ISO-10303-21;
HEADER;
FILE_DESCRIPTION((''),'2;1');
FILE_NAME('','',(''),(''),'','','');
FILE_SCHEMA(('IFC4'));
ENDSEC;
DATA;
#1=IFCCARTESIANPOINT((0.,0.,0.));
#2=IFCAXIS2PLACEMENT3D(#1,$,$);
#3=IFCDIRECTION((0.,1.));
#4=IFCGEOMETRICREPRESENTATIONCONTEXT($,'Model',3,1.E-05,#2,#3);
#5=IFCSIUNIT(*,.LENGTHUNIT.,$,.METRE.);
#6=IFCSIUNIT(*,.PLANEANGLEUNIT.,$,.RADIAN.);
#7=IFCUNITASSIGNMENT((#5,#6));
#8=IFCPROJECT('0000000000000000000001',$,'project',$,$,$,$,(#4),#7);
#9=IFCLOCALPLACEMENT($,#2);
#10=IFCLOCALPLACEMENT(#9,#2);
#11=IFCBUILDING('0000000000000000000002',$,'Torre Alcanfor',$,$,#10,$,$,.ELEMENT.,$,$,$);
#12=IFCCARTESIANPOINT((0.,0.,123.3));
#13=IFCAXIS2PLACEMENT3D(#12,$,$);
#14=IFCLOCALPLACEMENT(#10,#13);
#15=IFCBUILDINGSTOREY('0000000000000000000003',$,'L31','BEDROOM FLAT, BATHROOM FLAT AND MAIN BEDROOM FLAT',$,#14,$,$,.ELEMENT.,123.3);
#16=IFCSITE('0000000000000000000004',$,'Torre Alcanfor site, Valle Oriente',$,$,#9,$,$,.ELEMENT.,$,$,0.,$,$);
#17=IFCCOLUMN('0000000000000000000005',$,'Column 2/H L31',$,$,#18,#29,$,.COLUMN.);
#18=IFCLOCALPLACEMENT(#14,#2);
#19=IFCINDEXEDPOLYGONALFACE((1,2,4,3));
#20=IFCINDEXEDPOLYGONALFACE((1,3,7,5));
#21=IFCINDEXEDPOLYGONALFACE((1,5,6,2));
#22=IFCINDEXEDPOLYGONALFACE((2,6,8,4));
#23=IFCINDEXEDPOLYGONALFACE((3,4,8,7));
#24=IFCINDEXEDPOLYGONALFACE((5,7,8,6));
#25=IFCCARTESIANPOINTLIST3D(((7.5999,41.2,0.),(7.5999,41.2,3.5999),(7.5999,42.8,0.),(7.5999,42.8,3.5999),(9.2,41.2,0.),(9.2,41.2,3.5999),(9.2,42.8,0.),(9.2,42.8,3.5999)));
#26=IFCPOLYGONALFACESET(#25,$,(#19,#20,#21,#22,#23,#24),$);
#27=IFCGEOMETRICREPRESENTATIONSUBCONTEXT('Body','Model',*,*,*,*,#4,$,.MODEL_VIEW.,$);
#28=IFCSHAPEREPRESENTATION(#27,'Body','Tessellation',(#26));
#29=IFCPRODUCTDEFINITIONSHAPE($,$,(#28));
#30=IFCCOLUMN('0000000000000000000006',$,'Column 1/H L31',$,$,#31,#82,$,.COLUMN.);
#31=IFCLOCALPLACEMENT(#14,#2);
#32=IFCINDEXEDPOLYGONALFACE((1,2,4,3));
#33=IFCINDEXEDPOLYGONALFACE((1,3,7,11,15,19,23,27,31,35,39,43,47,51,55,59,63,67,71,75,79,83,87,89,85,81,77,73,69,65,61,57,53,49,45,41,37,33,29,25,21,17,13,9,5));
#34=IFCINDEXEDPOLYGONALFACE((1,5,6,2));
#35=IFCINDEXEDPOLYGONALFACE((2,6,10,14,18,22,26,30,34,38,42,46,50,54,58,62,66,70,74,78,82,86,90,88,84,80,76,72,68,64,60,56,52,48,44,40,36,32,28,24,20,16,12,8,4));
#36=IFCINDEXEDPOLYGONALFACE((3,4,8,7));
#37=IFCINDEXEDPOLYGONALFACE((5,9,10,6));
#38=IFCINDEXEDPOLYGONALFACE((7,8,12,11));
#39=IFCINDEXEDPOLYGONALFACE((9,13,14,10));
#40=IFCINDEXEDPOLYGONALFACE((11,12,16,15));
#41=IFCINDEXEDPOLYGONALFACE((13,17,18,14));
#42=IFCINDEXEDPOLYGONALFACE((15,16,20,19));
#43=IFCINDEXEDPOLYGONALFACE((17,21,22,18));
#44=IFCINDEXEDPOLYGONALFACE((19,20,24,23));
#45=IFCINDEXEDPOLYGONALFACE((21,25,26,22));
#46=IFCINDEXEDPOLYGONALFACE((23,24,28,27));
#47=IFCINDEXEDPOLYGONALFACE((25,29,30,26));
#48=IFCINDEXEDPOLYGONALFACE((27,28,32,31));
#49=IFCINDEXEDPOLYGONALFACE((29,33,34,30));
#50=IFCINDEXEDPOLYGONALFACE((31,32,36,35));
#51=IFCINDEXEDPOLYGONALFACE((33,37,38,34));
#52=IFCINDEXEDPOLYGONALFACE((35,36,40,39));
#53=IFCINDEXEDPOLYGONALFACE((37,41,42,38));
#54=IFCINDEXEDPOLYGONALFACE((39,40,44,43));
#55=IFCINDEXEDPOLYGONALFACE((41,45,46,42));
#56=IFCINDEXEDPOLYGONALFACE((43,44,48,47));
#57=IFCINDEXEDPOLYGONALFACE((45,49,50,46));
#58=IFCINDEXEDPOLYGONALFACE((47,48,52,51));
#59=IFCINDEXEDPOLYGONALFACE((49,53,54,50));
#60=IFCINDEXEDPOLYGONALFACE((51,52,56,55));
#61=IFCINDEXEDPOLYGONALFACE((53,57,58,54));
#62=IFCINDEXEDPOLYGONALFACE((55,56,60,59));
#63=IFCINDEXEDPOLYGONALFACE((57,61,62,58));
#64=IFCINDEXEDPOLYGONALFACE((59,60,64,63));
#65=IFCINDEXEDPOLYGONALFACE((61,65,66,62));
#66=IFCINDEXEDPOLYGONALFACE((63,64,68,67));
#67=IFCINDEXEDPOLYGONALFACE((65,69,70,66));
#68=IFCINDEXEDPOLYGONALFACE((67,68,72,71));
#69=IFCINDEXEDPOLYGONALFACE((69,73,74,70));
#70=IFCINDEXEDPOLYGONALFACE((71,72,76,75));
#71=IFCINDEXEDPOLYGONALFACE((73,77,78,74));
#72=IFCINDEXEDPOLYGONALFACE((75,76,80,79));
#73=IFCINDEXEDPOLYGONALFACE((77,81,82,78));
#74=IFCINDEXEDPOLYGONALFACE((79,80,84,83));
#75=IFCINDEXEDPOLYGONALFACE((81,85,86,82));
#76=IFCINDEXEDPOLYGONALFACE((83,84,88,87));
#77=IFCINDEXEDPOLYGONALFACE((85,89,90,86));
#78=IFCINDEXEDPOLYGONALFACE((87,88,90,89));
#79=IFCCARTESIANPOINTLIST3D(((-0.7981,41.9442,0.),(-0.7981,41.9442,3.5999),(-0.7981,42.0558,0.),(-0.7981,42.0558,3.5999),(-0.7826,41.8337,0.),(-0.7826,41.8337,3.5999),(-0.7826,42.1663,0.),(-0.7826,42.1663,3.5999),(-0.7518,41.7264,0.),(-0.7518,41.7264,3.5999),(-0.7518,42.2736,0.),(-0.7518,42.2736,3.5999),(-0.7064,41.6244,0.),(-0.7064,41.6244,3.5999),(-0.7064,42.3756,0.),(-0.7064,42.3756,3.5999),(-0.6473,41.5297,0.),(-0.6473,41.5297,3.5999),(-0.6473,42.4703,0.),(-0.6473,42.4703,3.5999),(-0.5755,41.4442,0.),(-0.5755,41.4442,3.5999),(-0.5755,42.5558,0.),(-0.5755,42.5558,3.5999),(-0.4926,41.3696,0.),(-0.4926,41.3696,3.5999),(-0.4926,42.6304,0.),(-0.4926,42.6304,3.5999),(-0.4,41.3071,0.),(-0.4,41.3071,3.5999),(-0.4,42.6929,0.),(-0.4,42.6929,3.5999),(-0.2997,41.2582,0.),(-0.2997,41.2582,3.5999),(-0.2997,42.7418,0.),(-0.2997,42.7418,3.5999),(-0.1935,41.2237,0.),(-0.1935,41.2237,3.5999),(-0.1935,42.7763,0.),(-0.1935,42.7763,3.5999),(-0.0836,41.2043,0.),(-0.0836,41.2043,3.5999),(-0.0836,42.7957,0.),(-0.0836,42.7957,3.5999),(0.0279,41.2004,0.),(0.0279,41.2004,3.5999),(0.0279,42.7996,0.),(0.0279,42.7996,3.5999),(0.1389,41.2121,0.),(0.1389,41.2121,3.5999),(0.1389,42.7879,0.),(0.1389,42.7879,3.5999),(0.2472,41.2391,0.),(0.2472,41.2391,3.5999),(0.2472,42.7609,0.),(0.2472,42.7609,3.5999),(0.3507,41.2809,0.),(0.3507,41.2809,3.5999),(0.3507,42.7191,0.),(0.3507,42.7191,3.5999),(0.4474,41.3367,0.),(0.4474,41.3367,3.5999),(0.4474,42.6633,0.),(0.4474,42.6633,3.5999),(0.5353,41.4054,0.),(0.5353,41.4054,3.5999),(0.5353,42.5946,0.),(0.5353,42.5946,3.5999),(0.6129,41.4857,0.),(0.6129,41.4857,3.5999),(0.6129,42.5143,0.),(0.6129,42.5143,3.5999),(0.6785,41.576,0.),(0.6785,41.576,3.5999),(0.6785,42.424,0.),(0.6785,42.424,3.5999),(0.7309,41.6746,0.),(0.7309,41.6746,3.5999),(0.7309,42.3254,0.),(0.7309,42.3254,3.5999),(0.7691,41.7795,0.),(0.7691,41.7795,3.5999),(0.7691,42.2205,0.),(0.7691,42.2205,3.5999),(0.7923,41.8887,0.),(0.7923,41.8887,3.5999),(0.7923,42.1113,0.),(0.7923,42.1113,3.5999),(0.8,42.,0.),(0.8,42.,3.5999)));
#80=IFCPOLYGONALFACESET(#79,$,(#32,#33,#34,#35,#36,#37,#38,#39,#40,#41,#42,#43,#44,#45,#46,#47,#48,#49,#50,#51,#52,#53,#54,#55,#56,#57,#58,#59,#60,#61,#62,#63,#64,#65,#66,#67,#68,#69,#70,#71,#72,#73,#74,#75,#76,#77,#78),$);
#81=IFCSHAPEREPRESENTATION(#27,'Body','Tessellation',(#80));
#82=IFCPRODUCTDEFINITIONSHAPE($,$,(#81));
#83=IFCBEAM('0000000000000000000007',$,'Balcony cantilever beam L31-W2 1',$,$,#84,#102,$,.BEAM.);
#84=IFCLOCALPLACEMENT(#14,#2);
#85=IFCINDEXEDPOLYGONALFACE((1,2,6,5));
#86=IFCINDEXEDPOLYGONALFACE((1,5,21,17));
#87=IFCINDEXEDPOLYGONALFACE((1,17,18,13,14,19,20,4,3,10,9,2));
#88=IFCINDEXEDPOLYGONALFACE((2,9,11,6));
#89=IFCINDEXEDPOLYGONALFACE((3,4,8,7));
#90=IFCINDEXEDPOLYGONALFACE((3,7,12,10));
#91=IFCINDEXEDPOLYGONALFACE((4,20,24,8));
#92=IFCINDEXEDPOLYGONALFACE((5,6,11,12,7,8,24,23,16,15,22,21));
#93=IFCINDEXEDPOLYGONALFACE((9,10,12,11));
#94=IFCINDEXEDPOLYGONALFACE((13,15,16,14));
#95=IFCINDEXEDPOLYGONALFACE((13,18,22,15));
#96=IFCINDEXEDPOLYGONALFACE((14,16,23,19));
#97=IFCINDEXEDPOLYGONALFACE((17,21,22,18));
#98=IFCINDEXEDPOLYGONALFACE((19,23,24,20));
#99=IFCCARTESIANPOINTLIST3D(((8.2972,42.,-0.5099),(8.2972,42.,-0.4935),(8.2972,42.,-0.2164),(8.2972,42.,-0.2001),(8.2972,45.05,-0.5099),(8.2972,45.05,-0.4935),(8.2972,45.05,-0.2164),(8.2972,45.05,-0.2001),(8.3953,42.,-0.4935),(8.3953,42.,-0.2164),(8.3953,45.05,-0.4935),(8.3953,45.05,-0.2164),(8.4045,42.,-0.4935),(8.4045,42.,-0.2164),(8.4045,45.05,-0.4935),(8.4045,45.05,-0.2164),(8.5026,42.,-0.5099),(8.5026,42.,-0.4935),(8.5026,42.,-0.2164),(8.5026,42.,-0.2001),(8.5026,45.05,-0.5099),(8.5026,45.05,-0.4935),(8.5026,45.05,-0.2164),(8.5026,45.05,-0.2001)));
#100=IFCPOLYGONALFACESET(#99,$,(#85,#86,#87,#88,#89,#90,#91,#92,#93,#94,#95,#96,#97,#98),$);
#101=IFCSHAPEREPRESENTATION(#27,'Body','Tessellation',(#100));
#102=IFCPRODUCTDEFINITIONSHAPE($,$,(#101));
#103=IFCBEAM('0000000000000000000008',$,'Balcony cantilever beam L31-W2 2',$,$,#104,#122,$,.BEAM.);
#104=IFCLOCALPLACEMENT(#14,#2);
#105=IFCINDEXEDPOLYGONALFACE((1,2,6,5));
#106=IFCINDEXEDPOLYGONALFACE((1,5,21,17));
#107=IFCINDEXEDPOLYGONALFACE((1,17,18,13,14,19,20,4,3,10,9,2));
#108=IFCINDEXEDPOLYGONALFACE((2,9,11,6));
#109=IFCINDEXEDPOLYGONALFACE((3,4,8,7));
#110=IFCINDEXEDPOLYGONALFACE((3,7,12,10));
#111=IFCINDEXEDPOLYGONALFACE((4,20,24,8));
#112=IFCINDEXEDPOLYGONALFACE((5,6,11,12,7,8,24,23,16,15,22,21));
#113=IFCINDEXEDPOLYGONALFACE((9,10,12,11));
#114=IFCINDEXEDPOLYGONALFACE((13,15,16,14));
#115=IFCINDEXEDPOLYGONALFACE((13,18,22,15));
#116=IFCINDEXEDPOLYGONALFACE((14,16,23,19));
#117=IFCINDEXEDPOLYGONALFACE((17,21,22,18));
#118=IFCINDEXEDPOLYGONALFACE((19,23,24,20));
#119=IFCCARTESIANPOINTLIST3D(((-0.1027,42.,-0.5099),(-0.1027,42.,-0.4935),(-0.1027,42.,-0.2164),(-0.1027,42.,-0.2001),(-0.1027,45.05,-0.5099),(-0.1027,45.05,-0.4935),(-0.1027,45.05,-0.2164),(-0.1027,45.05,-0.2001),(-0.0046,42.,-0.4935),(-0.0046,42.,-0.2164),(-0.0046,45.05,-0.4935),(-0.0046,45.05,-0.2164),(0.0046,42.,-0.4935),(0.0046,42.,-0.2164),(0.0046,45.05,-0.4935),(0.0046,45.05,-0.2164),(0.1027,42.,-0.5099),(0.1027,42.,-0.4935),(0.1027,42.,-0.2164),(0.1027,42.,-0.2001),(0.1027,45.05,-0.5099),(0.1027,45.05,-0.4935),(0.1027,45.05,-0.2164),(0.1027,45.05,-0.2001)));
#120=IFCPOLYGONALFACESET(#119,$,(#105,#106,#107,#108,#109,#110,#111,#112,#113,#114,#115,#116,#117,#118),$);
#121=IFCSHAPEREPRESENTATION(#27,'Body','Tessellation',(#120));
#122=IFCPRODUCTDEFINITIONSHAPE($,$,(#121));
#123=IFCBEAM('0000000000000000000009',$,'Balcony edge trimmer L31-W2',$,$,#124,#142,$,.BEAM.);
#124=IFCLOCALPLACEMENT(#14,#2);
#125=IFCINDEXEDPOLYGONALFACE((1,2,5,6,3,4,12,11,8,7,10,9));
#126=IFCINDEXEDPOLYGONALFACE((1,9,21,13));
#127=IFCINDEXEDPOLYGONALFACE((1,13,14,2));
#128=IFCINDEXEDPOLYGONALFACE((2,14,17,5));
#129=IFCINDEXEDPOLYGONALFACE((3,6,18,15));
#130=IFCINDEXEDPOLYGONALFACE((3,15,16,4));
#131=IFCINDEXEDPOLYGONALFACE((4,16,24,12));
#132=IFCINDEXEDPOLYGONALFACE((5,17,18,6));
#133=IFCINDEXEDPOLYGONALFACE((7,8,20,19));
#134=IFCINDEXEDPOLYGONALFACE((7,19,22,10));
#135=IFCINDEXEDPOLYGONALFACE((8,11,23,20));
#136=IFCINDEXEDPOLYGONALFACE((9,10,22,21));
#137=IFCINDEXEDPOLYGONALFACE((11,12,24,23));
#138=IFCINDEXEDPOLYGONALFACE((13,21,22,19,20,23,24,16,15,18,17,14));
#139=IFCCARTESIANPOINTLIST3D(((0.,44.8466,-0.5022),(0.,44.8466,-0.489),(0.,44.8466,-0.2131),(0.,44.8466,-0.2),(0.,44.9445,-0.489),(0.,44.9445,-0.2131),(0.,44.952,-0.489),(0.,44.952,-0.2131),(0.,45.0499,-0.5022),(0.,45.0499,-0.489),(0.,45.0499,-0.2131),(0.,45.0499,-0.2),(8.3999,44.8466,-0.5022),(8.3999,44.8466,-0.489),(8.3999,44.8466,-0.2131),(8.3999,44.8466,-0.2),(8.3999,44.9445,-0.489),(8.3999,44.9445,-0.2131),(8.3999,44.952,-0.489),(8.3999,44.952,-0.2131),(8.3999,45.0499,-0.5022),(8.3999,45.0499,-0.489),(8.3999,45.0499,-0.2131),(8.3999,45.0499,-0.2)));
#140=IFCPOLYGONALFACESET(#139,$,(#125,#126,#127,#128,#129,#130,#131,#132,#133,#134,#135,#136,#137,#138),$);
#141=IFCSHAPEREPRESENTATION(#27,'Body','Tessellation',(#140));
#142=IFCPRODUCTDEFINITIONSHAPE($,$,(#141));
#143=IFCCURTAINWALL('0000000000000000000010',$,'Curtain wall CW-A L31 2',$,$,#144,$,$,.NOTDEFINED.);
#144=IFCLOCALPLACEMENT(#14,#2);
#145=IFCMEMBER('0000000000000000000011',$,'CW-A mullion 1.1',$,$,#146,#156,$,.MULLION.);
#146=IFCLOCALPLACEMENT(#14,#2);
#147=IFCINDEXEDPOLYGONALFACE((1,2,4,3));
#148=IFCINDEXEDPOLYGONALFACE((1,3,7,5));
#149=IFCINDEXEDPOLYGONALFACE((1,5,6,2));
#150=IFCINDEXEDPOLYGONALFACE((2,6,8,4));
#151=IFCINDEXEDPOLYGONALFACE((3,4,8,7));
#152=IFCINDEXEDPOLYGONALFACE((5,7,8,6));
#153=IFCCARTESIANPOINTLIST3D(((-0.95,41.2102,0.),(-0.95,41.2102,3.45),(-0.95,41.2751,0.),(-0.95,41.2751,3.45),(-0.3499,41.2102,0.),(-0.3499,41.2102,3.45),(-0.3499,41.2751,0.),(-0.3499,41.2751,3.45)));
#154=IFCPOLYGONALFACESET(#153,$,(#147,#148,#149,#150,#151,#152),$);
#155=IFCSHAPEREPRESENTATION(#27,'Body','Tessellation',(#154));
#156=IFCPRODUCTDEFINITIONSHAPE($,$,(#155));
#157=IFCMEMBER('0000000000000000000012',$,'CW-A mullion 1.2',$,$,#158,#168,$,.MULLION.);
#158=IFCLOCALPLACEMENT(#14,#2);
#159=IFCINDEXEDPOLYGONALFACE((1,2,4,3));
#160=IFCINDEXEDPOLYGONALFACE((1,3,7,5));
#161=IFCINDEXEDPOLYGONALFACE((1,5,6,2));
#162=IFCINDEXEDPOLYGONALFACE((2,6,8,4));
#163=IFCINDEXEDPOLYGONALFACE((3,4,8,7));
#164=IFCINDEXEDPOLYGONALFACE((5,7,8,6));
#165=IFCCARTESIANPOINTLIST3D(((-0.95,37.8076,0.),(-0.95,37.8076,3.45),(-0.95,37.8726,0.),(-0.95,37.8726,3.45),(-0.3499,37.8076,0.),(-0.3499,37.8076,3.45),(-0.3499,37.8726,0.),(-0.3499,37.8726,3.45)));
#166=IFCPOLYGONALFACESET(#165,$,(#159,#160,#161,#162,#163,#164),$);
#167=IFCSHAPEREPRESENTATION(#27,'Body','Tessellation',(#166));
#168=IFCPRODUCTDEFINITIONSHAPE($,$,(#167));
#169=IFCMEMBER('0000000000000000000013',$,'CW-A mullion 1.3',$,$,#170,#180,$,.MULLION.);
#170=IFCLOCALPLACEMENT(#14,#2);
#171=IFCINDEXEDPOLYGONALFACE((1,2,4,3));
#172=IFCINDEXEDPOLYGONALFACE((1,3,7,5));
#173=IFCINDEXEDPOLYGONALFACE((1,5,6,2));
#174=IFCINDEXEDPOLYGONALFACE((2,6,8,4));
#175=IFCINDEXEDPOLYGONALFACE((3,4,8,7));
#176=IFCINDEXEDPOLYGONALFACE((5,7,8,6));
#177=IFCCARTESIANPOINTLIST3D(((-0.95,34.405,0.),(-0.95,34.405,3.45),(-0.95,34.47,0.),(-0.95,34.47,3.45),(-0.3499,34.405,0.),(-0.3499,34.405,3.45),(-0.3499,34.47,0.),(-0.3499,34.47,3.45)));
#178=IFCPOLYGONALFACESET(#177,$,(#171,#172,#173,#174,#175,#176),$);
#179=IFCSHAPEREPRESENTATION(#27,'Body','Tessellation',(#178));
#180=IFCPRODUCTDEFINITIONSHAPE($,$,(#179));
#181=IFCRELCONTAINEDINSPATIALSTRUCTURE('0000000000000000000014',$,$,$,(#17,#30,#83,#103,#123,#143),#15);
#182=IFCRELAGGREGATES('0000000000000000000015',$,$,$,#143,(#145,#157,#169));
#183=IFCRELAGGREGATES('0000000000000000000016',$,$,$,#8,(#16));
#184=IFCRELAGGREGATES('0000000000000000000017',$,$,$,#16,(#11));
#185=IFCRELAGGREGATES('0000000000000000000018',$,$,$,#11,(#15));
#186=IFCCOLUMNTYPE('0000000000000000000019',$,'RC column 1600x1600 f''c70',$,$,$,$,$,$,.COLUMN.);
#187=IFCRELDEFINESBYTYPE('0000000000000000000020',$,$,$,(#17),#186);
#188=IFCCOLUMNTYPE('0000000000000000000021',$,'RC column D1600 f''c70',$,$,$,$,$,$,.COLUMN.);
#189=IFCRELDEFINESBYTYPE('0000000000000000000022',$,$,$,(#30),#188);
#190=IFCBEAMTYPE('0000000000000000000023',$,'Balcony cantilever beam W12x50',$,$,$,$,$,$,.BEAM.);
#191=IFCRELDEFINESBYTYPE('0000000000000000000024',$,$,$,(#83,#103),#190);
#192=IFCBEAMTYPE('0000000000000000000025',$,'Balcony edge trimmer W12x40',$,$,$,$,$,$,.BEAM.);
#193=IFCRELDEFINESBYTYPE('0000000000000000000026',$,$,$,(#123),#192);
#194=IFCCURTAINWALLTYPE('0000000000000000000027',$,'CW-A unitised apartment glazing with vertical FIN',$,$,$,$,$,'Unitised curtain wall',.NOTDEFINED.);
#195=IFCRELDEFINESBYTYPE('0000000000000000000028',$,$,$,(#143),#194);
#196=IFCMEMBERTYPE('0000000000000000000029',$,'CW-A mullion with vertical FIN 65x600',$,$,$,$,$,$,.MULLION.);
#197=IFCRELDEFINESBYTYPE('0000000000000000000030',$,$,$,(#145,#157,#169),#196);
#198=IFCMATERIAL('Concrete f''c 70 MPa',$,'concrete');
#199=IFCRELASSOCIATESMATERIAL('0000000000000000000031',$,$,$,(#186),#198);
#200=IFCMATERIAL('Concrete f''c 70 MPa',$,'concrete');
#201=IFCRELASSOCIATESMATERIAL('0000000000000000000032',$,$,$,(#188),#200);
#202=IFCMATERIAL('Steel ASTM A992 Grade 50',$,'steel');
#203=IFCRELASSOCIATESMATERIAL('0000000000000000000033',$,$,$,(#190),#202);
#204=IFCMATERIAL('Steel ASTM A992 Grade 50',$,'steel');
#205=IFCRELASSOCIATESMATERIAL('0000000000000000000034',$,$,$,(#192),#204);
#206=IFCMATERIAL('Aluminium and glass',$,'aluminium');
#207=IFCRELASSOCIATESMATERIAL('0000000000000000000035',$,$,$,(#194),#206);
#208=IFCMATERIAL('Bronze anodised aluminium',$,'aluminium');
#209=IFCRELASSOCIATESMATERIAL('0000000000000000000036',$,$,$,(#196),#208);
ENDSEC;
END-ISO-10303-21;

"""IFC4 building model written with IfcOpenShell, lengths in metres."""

from ifc_helpers import new_model, si_unit, direction, frame, origin, origin_2d, place, context, subcontext, project, spatial, rectangle, circle, i_section, extrude, material, material_profile, profile_set, type_object, element, aggregate, save


model = new_model("IFC4")

# Units and contexts
model_context = context("Model", 3, precision=1e-05, world=origin(), true_north=direction((0.0, 1.0)))
body_context = subcontext(model_context, "Body", "Model", "MODEL_VIEW")
ifc_project = project(units=[si_unit("LENGTHUNIT", "METRE"), si_unit("PLANEANGLEUNIT", "RADIAN")], contexts=[model_context])

# Site, building, storey
site_placement = place(None, origin())
site = spatial("IfcSite", under=ifc_project, at=site_placement, Name="Torre Alcanfor site, Valle Oriente", CompositionType="ELEMENT", RefElevation=0.0)
building_placement = place(site_placement, origin())
building = spatial("IfcBuilding", under=site, at=building_placement, Name="Torre Alcanfor", CompositionType="ELEMENT")
storey_placement = place(building_placement, frame((0.0, 0.0, 123.3)))
storey = spatial("IfcBuildingStorey", under=building, at=storey_placement, Name="L31", Description="BEDROOM FLAT, BATHROOM FLAT AND MAIN BEDROOM FLAT", CompositionType="ELEMENT", Elevation=123.3)

# Columns
ifc_material_1 = material(Name="Concrete f'c 70 MPa", Category="concrete")
ifc_material_profile_1 = material_profile(ifc_material_1, rectangle(XDim=1.6001, YDim=1.6001, at=origin_2d()), Name="1600x1600")
ifc_profile_set_1 = profile_set([ifc_material_profile_1], Name="Concrete f'c 70 MPa")
column_type_1 = type_object("IfcColumnType", Name="RC column 1600x1600 f'c70", PredefinedType="COLUMN", material=ifc_profile_set_1)
column_1_placement = place(storey_placement, frame((8.3999, 42.0, 0.0), z_axis=(0.0, 0.0, 1.0), x_axis=(1.0, 0.0, 0.0)))
element("IfcColumn", 1, at=column_1_placement, inside=storey, type_object=column_type_1, Name="Column 2/H L31", PredefinedType="COLUMN", context=body_context, shape_type="SweptSolid", body=[
    extrude(rectangle(XDim=1.6001, YDim=1.6001, at=origin_2d()), origin(), (0.0, 0.0, 1.0), 3.5999),
])
ifc_material_2 = material(Name="Concrete f'c 70 MPa", Category="concrete")
ifc_material_profile_2 = material_profile(ifc_material_2, circle(Radius=0.8, at=origin_2d()), Name="D1600")
ifc_profile_set_2 = profile_set([ifc_material_profile_2], Name="Concrete f'c 70 MPa")
column_type_2 = type_object("IfcColumnType", Name="RC column D1600 f'c70", PredefinedType="COLUMN", material=ifc_profile_set_2)
column_2_placement = place(storey_placement, frame((0.0, 42.0, 0.0), z_axis=(0.0, 0.0, 1.0), x_axis=(1.0, 0.0, 0.0)))
element("IfcColumn", 2, at=column_2_placement, inside=storey, type_object=column_type_2, Name="Column 1/H L31", PredefinedType="COLUMN", context=body_context, shape_type="SweptSolid", body=[
    extrude(circle(Radius=0.8, at=origin_2d()), origin(), (0.0, 0.0, 1.0), 3.5999),
])

# Beams
ifc_material_3 = material(Name="Steel ASTM A992 Grade 50", Category="steel")
ifc_material_profile_3 = material_profile(ifc_material_3, i_section(OverallWidth=0.2053, OverallDepth=0.3098, WebThickness=0.0093, FlangeThickness=0.0164, at=origin_2d()), Name="W12x50")
ifc_profile_set_3 = profile_set([ifc_material_profile_3], Name="Steel ASTM A992 Grade 50")
beam_type_1 = type_object("IfcBeamType", Name="Balcony cantilever beam W12x50", PredefinedType="BEAM", material=ifc_profile_set_3)
for number, where, z_axis, x_axis, name in (
    (3, (8.3999, 42.0, -0.355), (0.0, 1.0, 0.0), (-1.0, 0.0, 0.0), "Balcony cantilever beam L31-W2 1"),
    (4, (0.0, 42.0, -0.355), (0.0, 1.0, 0.0), (-1.0, 0.0, 0.0), "Balcony cantilever beam L31-W2 2"),
):
    element("IfcBeam", number, at=place(storey_placement, frame(where, z_axis=z_axis, x_axis=x_axis)), inside=storey, type_object=beam_type_1, Name=name, PredefinedType="BEAM", context=body_context, shape_type="SweptSolid", body=[
        extrude(i_section(OverallWidth=0.2053, OverallDepth=0.3098, WebThickness=0.0093, FlangeThickness=0.0164, at=origin_2d()), origin(), (0.0, 0.0, 1.0), 3.05),
    ])
ifc_material_4 = material(Name="Steel ASTM A992 Grade 50", Category="steel")
ifc_material_profile_4 = material_profile(ifc_material_4, i_section(OverallWidth=0.2034, OverallDepth=0.3022, WebThickness=0.0076, FlangeThickness=0.0132, at=origin_2d()), Name="W12x40")
ifc_profile_set_4 = profile_set([ifc_material_profile_4], Name="Steel ASTM A992 Grade 50")
beam_type_2 = type_object("IfcBeamType", Name="Balcony edge trimmer W12x40", PredefinedType="BEAM", material=ifc_profile_set_4)
beam_1_placement = place(storey_placement, frame((8.3999, 44.9482, -0.3511), z_axis=(-1.0, 0.0, 0.0), x_axis=(0.0, -1.0, 0.0)))
element("IfcBeam", 5, at=beam_1_placement, inside=storey, type_object=beam_type_2, Name="Balcony edge trimmer L31-W2", PredefinedType="BEAM", context=body_context, shape_type="SweptSolid", body=[
    extrude(i_section(OverallWidth=0.2034, OverallDepth=0.3022, WebThickness=0.0076, FlangeThickness=0.0132, at=origin_2d()), origin(), (0.0, 0.0, 1.0), 8.3999),
])

# Curtain wall, members
ifc_material_5 = material(Name="Aluminium and glass", Category="aluminium")
curtain_wall_type = type_object("IfcCurtainWallType", Name="CW-A unitised apartment glazing with vertical FIN", ElementType="Unitised curtain wall", PredefinedType="NOTDEFINED", material=ifc_material_5)
curtain_wall_placement = place(storey_placement, origin())
curtain_wall = element("IfcCurtainWall", 6, at=curtain_wall_placement, inside=storey, type_object=curtain_wall_type, Name="Curtain wall CW-A L31 2", PredefinedType="NOTDEFINED")
ifc_material_6 = material(Name="Bronze anodised aluminium", Category="aluminium")
ifc_material_profile_5 = material_profile(ifc_material_6, rectangle(XDim=0.6001, YDim=0.0649, at=origin_2d()), Name="CW-A mullion 65x600")
ifc_profile_set_5 = profile_set([ifc_material_profile_5], Name="Bronze anodised aluminium")
member_type_1 = type_object("IfcMemberType", Name="CW-A mullion with vertical FIN 65x600", PredefinedType="MULLION", material=ifc_profile_set_5)
member_1_placement = place(storey_placement, frame((-0.6499, 41.2427, 0.0), z_axis=(0.0, 0.0, 1.0), x_axis=(1.0, 0.0, 0.0)))
member_1 = element("IfcMember", 7, at=member_1_placement, type_object=member_type_1, Name="CW-A mullion 1.1", PredefinedType="MULLION", context=body_context, shape_type="SweptSolid", body=[
    extrude(rectangle(XDim=0.6001, YDim=0.0649, at=origin_2d()), origin(), (0.0, 0.0, 1.0), 3.45),
])
member_2_placement = place(storey_placement, frame((-0.6499, 37.8401, 0.0), z_axis=(0.0, 0.0, 1.0), x_axis=(1.0, 0.0, 0.0)))
member_2 = element("IfcMember", 8, at=member_2_placement, type_object=member_type_1, Name="CW-A mullion 1.2", PredefinedType="MULLION", context=body_context, shape_type="SweptSolid", body=[
    extrude(rectangle(XDim=0.6001, YDim=0.0649, at=origin_2d()), origin(), (0.0, 0.0, 1.0), 3.45),
])
member_3_placement = place(storey_placement, frame((-0.6499, 34.4375, 0.0), z_axis=(0.0, 0.0, 1.0), x_axis=(1.0, 0.0, 0.0)))
member_3 = element("IfcMember", 9, at=member_3_placement, type_object=member_type_1, Name="CW-A mullion 1.3", PredefinedType="MULLION", context=body_context, shape_type="SweptSolid", body=[
    extrude(rectangle(XDim=0.6001, YDim=0.0649, at=origin_2d()), origin(), (0.0, 0.0, 1.0), 3.45),
])

aggregate(curtain_wall, [member_1, member_2, member_3])

save(model, "model.ifc")
